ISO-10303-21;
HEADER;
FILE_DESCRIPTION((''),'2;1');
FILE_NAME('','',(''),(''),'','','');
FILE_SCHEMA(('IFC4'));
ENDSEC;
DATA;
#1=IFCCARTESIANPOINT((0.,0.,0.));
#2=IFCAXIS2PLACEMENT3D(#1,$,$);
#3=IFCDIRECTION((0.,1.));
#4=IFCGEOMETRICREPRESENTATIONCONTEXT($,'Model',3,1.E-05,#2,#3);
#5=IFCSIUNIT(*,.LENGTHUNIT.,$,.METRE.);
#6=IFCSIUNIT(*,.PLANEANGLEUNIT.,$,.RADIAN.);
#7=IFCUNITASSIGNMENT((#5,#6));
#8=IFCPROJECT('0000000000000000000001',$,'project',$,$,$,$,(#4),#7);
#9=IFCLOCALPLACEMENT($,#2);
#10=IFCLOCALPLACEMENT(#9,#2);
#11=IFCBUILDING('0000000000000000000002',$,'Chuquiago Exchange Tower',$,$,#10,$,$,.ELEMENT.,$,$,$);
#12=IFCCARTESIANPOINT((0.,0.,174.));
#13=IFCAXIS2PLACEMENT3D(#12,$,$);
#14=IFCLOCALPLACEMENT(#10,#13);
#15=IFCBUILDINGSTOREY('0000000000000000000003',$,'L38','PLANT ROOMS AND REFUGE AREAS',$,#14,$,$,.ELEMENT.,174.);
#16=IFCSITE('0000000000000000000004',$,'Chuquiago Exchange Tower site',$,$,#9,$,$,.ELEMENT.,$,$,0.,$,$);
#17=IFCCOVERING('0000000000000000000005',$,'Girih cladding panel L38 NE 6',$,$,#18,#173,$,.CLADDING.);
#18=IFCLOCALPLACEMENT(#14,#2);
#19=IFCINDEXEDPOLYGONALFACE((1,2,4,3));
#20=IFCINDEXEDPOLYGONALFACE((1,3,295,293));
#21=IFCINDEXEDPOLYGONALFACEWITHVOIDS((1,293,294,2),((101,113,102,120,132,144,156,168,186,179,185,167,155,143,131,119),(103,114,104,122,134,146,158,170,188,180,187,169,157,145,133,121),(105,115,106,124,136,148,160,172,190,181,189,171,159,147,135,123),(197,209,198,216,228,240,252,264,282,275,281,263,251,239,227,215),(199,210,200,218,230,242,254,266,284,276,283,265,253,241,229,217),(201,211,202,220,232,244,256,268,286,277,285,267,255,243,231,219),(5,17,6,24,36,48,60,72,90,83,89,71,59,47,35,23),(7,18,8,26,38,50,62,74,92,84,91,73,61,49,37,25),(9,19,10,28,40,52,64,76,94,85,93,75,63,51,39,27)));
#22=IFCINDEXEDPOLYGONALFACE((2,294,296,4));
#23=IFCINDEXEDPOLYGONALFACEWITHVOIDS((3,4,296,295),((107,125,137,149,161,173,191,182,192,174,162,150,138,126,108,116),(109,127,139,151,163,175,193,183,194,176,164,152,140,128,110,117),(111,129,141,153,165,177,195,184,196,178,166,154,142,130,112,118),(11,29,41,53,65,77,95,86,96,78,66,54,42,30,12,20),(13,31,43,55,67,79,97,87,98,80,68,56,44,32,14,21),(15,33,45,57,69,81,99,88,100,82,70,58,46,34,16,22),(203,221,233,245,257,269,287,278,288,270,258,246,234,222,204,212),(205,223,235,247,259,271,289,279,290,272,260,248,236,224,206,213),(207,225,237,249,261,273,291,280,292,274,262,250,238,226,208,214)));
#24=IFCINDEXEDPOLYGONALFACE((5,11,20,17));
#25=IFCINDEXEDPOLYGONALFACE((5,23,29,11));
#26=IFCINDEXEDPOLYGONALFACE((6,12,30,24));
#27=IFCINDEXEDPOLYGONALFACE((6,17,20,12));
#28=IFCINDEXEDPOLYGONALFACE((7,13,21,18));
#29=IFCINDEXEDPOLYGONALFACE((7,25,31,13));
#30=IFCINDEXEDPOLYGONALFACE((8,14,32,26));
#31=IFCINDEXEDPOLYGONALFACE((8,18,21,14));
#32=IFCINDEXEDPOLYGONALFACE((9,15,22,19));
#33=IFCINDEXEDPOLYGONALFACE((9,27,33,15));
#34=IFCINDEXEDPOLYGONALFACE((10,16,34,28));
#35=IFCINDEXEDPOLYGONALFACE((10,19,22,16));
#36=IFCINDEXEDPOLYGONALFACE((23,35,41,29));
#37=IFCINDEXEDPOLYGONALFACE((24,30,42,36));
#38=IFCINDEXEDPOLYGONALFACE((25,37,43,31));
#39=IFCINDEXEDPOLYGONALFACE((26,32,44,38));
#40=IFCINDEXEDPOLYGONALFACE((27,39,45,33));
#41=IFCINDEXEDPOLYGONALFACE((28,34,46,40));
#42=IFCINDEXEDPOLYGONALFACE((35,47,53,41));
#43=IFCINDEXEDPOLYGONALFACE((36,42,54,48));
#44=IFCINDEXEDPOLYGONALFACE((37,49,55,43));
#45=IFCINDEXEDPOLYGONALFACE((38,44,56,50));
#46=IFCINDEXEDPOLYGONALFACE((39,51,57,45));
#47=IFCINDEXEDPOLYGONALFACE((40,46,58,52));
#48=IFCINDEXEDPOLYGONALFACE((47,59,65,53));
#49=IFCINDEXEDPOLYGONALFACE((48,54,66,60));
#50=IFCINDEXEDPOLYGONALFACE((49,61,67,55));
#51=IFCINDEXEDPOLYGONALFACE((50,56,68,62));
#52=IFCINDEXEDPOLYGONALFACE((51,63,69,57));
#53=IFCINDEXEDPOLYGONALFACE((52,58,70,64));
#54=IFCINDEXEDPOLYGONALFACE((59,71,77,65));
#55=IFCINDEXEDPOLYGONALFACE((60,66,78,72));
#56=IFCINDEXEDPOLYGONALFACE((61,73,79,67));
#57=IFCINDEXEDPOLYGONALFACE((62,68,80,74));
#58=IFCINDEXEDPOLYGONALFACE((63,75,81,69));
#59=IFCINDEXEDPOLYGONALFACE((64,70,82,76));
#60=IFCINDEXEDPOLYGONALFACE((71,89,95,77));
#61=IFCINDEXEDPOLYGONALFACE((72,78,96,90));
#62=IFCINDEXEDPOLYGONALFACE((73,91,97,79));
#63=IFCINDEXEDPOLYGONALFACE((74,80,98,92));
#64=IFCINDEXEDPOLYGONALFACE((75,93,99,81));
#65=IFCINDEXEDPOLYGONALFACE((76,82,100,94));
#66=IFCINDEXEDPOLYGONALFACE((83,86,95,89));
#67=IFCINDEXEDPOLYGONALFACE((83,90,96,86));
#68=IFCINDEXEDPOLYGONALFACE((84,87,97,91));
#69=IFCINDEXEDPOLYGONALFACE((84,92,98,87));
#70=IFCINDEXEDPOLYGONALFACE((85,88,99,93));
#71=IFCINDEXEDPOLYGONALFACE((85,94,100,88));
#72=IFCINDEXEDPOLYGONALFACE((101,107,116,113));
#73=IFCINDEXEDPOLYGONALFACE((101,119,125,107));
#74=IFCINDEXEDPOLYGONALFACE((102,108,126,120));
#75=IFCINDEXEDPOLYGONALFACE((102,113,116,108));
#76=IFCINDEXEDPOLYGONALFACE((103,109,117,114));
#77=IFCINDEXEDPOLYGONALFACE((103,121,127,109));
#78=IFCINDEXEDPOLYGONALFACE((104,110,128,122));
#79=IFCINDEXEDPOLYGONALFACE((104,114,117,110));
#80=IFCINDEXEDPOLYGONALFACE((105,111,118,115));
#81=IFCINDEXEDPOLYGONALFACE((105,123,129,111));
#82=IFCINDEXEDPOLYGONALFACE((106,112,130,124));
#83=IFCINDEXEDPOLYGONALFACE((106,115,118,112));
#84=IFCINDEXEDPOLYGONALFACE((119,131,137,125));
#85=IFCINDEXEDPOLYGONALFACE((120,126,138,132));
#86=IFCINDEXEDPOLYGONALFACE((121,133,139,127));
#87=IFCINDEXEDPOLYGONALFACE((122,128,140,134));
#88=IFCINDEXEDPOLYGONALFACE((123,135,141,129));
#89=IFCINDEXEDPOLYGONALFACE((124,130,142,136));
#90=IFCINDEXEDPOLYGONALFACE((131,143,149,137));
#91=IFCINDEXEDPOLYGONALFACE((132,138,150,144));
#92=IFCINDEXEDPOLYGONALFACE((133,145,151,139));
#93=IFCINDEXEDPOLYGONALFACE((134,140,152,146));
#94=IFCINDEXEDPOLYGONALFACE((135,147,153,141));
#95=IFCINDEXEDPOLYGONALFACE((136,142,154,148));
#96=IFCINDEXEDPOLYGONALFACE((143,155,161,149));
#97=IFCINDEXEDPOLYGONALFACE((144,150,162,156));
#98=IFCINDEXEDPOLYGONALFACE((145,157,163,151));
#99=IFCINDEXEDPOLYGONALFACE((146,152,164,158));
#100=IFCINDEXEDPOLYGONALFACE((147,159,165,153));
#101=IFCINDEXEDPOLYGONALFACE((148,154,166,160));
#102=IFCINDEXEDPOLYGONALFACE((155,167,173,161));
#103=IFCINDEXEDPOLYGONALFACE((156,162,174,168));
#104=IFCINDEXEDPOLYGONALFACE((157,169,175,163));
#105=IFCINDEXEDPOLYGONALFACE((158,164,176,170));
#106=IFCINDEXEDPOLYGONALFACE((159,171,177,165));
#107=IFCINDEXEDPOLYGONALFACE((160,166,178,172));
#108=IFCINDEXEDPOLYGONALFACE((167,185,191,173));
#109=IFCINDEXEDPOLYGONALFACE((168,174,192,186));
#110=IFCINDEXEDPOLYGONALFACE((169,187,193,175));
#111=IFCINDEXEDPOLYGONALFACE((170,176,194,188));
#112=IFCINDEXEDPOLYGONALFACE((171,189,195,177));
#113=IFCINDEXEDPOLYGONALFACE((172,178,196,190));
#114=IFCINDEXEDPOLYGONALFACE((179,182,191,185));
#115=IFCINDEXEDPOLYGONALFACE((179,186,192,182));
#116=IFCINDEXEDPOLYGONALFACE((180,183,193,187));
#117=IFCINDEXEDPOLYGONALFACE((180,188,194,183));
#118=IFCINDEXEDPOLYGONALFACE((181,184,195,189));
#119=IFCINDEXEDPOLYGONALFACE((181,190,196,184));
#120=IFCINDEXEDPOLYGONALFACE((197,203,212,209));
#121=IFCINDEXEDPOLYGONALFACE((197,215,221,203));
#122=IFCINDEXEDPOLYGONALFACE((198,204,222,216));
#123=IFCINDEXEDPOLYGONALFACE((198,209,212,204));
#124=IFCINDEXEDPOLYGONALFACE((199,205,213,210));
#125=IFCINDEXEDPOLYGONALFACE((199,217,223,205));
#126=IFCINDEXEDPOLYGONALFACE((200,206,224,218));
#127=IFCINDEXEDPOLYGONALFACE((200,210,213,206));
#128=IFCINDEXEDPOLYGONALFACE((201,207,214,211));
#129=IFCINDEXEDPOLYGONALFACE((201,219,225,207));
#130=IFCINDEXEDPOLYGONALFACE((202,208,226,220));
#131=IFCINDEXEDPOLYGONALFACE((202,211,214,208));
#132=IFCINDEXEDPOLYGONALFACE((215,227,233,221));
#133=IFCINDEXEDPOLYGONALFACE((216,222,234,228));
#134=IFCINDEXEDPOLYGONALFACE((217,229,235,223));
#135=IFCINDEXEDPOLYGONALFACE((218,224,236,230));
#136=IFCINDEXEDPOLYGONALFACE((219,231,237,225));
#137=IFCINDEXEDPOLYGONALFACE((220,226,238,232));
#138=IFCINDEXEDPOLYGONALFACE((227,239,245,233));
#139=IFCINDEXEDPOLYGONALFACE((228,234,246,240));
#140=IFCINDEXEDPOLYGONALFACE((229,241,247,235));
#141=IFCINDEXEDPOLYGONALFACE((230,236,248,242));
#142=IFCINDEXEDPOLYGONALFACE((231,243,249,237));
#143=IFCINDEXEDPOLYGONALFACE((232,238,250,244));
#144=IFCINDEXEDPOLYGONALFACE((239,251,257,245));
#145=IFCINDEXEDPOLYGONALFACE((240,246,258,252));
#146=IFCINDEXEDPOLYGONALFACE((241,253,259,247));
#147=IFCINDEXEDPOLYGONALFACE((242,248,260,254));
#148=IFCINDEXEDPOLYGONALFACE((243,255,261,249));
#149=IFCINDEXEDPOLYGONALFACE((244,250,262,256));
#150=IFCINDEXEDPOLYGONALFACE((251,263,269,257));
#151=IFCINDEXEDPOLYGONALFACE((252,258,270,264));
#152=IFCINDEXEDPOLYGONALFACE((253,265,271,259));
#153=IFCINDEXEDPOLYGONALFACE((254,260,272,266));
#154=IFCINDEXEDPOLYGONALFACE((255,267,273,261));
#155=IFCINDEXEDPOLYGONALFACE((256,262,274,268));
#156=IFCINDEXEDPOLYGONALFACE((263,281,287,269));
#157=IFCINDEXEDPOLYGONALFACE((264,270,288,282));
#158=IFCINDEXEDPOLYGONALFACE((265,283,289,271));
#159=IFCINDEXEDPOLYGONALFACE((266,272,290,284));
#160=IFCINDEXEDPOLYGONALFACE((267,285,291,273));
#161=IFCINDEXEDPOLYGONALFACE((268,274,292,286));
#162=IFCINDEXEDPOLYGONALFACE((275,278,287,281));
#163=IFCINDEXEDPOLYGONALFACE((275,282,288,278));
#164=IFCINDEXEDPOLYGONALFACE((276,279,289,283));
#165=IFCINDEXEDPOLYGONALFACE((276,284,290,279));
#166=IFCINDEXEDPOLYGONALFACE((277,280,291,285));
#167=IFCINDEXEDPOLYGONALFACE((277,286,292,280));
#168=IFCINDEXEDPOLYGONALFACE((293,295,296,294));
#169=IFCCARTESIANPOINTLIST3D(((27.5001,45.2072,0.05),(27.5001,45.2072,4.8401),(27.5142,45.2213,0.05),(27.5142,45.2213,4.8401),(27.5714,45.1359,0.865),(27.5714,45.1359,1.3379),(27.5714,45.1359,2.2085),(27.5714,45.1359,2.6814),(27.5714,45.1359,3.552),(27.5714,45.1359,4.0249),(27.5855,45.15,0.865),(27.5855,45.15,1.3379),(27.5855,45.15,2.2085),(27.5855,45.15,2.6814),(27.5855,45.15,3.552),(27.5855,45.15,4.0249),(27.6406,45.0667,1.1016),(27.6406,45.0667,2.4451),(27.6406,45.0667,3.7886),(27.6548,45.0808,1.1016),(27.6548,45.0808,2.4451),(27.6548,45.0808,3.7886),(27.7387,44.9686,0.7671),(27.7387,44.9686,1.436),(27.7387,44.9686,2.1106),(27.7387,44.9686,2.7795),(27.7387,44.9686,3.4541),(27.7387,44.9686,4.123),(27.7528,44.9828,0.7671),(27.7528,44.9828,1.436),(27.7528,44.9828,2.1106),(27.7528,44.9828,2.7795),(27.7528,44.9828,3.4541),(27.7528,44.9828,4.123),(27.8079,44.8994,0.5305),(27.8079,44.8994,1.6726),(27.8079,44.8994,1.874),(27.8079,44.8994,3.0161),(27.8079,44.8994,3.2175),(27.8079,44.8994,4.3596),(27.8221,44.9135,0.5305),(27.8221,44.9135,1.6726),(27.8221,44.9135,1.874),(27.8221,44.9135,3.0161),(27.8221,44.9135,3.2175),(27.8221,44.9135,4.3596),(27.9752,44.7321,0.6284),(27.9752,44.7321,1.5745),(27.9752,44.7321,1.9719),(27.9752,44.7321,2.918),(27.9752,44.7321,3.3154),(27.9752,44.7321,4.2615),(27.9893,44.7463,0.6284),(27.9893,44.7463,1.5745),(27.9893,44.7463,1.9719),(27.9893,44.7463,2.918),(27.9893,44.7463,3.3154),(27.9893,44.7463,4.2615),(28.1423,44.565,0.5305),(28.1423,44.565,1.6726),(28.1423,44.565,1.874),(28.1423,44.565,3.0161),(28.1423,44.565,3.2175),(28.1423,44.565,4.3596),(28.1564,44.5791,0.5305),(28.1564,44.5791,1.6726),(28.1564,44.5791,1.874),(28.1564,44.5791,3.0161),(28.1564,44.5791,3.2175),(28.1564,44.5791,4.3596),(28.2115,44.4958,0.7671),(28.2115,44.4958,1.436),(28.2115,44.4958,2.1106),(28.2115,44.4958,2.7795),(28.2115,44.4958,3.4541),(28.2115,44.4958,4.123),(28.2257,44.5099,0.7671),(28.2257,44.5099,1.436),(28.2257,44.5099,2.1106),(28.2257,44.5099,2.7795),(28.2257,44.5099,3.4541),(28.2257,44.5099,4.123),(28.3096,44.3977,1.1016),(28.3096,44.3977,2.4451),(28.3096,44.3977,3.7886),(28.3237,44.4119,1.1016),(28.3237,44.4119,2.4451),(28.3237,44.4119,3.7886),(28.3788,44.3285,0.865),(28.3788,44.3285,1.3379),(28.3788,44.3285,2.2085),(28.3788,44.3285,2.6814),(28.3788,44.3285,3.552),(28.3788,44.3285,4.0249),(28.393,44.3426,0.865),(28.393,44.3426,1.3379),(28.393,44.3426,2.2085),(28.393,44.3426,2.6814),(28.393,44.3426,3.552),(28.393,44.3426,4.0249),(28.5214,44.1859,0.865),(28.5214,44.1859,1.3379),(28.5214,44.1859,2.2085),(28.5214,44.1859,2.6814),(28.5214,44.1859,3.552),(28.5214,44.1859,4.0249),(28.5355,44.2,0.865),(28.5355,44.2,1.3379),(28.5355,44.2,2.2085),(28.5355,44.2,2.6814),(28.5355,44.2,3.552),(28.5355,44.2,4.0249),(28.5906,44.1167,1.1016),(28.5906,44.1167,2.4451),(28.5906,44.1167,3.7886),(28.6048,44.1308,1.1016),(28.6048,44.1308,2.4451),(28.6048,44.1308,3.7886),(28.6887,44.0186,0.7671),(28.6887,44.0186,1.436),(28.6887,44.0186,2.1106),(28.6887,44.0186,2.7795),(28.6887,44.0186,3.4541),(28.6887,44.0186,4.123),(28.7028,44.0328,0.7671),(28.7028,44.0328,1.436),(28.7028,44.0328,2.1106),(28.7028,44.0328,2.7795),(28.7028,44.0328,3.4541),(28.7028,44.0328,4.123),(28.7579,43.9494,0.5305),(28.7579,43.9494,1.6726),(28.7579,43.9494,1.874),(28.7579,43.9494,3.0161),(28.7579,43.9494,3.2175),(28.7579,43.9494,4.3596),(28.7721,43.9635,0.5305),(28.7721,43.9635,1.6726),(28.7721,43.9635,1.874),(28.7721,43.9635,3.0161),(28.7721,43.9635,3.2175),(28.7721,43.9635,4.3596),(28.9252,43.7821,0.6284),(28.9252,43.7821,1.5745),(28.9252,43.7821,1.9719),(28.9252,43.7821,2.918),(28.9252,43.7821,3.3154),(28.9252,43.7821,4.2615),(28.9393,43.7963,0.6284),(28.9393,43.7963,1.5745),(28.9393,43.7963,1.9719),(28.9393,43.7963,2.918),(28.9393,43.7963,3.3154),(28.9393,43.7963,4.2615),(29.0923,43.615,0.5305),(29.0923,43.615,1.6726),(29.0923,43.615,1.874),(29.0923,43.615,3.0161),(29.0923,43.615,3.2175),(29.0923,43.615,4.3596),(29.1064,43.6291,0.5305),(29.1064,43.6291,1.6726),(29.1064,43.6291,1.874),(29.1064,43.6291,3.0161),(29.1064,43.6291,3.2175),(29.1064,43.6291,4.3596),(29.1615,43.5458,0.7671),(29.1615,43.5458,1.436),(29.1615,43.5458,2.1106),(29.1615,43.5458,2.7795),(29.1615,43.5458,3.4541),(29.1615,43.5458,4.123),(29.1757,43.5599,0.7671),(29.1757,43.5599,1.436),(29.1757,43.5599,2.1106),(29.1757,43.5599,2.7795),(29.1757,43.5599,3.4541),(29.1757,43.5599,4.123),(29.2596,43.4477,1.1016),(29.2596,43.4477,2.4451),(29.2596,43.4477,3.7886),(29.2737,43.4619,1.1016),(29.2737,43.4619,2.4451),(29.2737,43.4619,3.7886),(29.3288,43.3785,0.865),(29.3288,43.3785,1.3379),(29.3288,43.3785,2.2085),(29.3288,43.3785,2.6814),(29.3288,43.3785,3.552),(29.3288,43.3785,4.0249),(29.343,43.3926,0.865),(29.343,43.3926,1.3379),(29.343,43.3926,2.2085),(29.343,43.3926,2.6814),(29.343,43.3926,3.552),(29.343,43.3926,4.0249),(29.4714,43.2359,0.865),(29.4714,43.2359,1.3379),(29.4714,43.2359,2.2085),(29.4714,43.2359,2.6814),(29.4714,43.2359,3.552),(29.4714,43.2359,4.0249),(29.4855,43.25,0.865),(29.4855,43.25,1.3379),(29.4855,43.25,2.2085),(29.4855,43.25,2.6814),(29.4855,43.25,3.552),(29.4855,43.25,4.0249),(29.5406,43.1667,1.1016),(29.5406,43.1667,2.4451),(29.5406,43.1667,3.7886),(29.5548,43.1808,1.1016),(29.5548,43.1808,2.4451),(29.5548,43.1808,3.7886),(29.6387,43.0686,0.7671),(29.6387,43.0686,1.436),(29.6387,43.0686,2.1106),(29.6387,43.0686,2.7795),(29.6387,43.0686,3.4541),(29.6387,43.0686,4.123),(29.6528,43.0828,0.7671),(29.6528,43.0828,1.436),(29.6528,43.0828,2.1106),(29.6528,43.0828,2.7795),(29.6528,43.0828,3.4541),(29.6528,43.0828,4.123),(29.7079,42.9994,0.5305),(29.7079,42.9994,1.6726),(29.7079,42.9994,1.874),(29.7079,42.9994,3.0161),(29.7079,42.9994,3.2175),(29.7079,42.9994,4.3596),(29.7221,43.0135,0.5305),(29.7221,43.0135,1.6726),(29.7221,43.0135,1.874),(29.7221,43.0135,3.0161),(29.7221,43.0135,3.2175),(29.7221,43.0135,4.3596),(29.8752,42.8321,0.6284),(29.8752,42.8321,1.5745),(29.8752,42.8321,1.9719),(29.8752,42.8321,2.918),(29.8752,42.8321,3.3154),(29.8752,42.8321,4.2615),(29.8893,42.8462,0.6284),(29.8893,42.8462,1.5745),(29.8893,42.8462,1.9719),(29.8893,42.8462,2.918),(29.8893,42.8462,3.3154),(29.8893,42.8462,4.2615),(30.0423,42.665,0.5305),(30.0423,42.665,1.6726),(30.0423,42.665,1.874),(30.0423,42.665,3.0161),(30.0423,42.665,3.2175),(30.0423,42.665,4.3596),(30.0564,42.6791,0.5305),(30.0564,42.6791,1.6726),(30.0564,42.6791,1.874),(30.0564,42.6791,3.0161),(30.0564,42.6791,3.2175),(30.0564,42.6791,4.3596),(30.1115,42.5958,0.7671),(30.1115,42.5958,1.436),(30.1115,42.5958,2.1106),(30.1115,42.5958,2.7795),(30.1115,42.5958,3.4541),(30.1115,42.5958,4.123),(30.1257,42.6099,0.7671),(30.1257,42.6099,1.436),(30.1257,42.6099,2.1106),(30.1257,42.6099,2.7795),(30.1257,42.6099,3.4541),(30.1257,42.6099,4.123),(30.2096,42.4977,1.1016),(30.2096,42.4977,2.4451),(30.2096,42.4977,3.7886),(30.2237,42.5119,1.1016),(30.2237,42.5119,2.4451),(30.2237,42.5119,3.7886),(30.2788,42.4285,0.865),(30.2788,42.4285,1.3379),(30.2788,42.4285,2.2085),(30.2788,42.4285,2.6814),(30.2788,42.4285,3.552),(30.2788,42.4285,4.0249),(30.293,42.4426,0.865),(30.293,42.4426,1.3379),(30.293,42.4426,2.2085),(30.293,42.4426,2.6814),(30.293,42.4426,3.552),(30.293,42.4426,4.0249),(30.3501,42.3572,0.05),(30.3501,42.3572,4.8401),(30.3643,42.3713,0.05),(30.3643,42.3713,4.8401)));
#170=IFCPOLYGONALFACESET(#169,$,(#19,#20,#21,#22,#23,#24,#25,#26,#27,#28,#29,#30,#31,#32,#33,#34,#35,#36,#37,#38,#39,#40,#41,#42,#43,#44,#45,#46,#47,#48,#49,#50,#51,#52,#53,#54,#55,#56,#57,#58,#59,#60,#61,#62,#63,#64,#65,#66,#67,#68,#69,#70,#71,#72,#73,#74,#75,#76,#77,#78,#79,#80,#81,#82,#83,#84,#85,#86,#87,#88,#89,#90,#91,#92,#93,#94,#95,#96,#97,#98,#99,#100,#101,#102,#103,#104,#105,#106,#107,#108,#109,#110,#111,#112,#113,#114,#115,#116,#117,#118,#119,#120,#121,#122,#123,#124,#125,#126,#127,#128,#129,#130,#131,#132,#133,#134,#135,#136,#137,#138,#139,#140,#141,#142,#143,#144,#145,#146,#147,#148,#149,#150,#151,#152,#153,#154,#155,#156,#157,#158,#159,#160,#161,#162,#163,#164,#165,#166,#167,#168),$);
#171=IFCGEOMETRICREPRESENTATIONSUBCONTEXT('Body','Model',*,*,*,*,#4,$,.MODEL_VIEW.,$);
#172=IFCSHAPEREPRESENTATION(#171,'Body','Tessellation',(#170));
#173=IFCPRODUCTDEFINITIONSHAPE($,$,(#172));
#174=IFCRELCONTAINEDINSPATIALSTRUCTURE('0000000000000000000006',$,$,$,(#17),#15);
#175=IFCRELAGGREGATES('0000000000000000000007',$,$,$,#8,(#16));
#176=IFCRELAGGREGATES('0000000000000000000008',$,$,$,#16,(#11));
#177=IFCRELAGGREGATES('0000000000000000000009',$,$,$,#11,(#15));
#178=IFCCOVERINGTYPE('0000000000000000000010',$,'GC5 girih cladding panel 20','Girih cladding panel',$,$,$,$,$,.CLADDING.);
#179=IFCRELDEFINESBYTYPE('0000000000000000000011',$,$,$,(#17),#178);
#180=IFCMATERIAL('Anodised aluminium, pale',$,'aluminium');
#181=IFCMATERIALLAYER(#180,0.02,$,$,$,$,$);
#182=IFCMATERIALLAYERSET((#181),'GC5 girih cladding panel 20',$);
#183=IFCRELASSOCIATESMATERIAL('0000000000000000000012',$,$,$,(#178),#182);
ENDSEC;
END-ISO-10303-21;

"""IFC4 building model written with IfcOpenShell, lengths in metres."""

from ifc_helpers import new_model, si_unit, direction, frame, origin, place, context, subcontext, project, spatial, polyline, outline, extrude, material, layer, layer_set, type_object, element, save


model = new_model("IFC4")

# Units and contexts
model_context = context("Model", 3, precision=1e-05, world=origin(), true_north=direction((0.0, 1.0)))
body_context = subcontext(model_context, "Body", "Model", "MODEL_VIEW")
ifc_project = project(units=[si_unit("LENGTHUNIT", "METRE"), si_unit("PLANEANGLEUNIT", "RADIAN")], contexts=[model_context])

# Site, building, storey
site_placement = place(None, origin())
site = spatial("IfcSite", under=ifc_project, at=site_placement, Name="Chuquiago Exchange Tower site", CompositionType="ELEMENT", RefElevation=0.0)
building_placement = place(site_placement, origin())
building = spatial("IfcBuilding", under=site, at=building_placement, Name="Chuquiago Exchange Tower", CompositionType="ELEMENT")
storey_placement = place(building_placement, frame((0.0, 0.0, 174.0)))
storey = spatial("IfcBuildingStorey", under=building, at=storey_placement, Name="L38", Description="PLANT ROOMS AND REFUGE AREAS", CompositionType="ELEMENT", Elevation=174.0)

# Covering
ifc_material_1 = material(Name="Anodised aluminium, pale", Category="aluminium")
ifc_layer_1 = layer(ifc_material_1, 0.02)
ifc_layer_set_1 = layer_set([ifc_layer_1], Name="GC5 girih cladding panel 20")
covering_type = type_object("IfcCoveringType", Name="GC5 girih cladding panel 20", Description="Girih cladding panel", PredefinedType="CLADDING", material=ifc_layer_set_1)
covering_placement = place(storey_placement, frame((30.3501, 42.3572, 0.05), z_axis=(0.0, 0.0, 1.0), x_axis=(-0.707107, 0.707107, 0.0)))
element("IfcCovering", 1, at=covering_placement, inside=storey, type_object=covering_type, Name="Girih cladding panel L38 NE 6", PredefinedType="CLADDING", context=body_context, shape_type="SweptSolid", body=[
    extrude(outline(polyline([(0.0, 0.0), (4.0305, 0.0), (4.0305, 4.79), (0.0, 4.79), (0.0, 0.0)]), holes=[polyline([(1.1448, 1.0515), (1.2427, 1.2878), (1.0061, 1.386), (0.9082, 1.6226), (0.6716, 1.5244), (0.4353, 1.6226), (0.3374, 1.386), (0.1008, 1.2878), (0.1987, 1.0515), (0.1008, 0.8149), (0.3374, 0.717), (0.4353, 0.4805), (0.6716, 0.5784), (0.9082, 0.4805), (1.0061, 0.717), (1.2427, 0.8149), (1.1448, 1.0515)]), polyline([(2.4883, 1.0515), (2.5862, 1.2878), (2.3496, 1.386), (2.2517, 1.6226), (2.0151, 1.5244), (1.7788, 1.6226), (1.6809, 1.386), (1.4443, 1.2878), (1.5422, 1.0515), (1.4443, 0.8149), (1.6809, 0.717), (1.7788, 0.4805), (2.0151, 0.5784), (2.2517, 0.4805), (2.3496, 0.717), (2.5862, 0.8149), (2.4883, 1.0515)]), polyline([(3.8318, 1.0515), (3.9297, 1.2878), (3.6931, 1.386), (3.5952, 1.6226), (3.3586, 1.5244), (3.1223, 1.6226), (3.0244, 1.386), (2.7878, 1.2878), (2.8857, 1.0515), (2.7878, 0.8149), (3.0244, 0.717), (3.1223, 0.4805), (3.3586, 0.5784), (3.5952, 0.4805), (3.6931, 0.717), (3.9297, 0.8149), (3.8318, 1.0515)]), polyline([(1.1448, 2.395), (1.2427, 2.6313), (1.0061, 2.7295), (0.9082, 2.9661), (0.6716, 2.8679), (0.4353, 2.9661), (0.3374, 2.7295), (0.1008, 2.6313), (0.1987, 2.395), (0.1008, 2.1584), (0.3374, 2.0605), (0.4353, 1.824), (0.6716, 1.9219), (0.9082, 1.824), (1.0061, 2.0605), (1.2427, 2.1584), (1.1448, 2.395)]), polyline([(2.4883, 2.395), (2.5862, 2.6313), (2.3496, 2.7295), (2.2517, 2.9661), (2.0151, 2.8679), (1.7788, 2.9661), (1.6809, 2.7295), (1.4443, 2.6313), (1.5422, 2.395), (1.4443, 2.1584), (1.6809, 2.0605), (1.7788, 1.824), (2.0151, 1.9219), (2.2517, 1.824), (2.3496, 2.0605), (2.5862, 2.1584), (2.4883, 2.395)]), polyline([(3.8318, 2.395), (3.9297, 2.6313), (3.6931, 2.7295), (3.5952, 2.9661), (3.3586, 2.8679), (3.1223, 2.9661), (3.0244, 2.7295), (2.7878, 2.6313), (2.8857, 2.395), (2.7878, 2.1584), (3.0244, 2.0605), (3.1223, 1.824), (3.3586, 1.9219), (3.5952, 1.824), (3.6931, 2.0605), (3.9297, 2.1584), (3.8318, 2.395)]), polyline([(1.1448, 3.7385), (1.2427, 3.9749), (1.0061, 4.073), (0.9082, 4.3096), (0.6716, 4.2114), (0.4353, 4.3096), (0.3374, 4.073), (0.1008, 3.9749), (0.1987, 3.7385), (0.1008, 3.502), (0.3374, 3.4041), (0.4353, 3.1675), (0.6716, 3.2654), (0.9082, 3.1675), (1.0061, 3.4041), (1.2427, 3.502), (1.1448, 3.7385)]), polyline([(2.4883, 3.7385), (2.5862, 3.9749), (2.3496, 4.073), (2.2517, 4.3096), (2.0151, 4.2114), (1.7788, 4.3096), (1.6809, 4.073), (1.4443, 3.9749), (1.5422, 3.7385), (1.4443, 3.502), (1.6809, 3.4041), (1.7788, 3.1675), (2.0151, 3.2654), (2.2517, 3.1675), (2.3496, 3.4041), (2.5862, 3.502), (2.4883, 3.7385)]), polyline([(3.8318, 3.7385), (3.9297, 3.9749), (3.6931, 4.073), (3.5952, 4.3096), (3.3586, 4.2114), (3.1223, 4.3096), (3.0244, 4.073), (2.7878, 3.9749), (2.8857, 3.7385), (2.7878, 3.502), (3.0244, 3.4041), (3.1223, 3.1675), (3.3586, 3.2654), (3.5952, 3.1675), (3.6931, 3.4041), (3.9297, 3.502), (3.8318, 3.7385)])]), frame((0.0, 0.0, 0.0), z_axis=(0.0, -1.0, 0.0), x_axis=(1.0, 0.0, 0.0)), (0.0, 0.0, 1.0), 0.02),
])

save(model, "model.ifc")
